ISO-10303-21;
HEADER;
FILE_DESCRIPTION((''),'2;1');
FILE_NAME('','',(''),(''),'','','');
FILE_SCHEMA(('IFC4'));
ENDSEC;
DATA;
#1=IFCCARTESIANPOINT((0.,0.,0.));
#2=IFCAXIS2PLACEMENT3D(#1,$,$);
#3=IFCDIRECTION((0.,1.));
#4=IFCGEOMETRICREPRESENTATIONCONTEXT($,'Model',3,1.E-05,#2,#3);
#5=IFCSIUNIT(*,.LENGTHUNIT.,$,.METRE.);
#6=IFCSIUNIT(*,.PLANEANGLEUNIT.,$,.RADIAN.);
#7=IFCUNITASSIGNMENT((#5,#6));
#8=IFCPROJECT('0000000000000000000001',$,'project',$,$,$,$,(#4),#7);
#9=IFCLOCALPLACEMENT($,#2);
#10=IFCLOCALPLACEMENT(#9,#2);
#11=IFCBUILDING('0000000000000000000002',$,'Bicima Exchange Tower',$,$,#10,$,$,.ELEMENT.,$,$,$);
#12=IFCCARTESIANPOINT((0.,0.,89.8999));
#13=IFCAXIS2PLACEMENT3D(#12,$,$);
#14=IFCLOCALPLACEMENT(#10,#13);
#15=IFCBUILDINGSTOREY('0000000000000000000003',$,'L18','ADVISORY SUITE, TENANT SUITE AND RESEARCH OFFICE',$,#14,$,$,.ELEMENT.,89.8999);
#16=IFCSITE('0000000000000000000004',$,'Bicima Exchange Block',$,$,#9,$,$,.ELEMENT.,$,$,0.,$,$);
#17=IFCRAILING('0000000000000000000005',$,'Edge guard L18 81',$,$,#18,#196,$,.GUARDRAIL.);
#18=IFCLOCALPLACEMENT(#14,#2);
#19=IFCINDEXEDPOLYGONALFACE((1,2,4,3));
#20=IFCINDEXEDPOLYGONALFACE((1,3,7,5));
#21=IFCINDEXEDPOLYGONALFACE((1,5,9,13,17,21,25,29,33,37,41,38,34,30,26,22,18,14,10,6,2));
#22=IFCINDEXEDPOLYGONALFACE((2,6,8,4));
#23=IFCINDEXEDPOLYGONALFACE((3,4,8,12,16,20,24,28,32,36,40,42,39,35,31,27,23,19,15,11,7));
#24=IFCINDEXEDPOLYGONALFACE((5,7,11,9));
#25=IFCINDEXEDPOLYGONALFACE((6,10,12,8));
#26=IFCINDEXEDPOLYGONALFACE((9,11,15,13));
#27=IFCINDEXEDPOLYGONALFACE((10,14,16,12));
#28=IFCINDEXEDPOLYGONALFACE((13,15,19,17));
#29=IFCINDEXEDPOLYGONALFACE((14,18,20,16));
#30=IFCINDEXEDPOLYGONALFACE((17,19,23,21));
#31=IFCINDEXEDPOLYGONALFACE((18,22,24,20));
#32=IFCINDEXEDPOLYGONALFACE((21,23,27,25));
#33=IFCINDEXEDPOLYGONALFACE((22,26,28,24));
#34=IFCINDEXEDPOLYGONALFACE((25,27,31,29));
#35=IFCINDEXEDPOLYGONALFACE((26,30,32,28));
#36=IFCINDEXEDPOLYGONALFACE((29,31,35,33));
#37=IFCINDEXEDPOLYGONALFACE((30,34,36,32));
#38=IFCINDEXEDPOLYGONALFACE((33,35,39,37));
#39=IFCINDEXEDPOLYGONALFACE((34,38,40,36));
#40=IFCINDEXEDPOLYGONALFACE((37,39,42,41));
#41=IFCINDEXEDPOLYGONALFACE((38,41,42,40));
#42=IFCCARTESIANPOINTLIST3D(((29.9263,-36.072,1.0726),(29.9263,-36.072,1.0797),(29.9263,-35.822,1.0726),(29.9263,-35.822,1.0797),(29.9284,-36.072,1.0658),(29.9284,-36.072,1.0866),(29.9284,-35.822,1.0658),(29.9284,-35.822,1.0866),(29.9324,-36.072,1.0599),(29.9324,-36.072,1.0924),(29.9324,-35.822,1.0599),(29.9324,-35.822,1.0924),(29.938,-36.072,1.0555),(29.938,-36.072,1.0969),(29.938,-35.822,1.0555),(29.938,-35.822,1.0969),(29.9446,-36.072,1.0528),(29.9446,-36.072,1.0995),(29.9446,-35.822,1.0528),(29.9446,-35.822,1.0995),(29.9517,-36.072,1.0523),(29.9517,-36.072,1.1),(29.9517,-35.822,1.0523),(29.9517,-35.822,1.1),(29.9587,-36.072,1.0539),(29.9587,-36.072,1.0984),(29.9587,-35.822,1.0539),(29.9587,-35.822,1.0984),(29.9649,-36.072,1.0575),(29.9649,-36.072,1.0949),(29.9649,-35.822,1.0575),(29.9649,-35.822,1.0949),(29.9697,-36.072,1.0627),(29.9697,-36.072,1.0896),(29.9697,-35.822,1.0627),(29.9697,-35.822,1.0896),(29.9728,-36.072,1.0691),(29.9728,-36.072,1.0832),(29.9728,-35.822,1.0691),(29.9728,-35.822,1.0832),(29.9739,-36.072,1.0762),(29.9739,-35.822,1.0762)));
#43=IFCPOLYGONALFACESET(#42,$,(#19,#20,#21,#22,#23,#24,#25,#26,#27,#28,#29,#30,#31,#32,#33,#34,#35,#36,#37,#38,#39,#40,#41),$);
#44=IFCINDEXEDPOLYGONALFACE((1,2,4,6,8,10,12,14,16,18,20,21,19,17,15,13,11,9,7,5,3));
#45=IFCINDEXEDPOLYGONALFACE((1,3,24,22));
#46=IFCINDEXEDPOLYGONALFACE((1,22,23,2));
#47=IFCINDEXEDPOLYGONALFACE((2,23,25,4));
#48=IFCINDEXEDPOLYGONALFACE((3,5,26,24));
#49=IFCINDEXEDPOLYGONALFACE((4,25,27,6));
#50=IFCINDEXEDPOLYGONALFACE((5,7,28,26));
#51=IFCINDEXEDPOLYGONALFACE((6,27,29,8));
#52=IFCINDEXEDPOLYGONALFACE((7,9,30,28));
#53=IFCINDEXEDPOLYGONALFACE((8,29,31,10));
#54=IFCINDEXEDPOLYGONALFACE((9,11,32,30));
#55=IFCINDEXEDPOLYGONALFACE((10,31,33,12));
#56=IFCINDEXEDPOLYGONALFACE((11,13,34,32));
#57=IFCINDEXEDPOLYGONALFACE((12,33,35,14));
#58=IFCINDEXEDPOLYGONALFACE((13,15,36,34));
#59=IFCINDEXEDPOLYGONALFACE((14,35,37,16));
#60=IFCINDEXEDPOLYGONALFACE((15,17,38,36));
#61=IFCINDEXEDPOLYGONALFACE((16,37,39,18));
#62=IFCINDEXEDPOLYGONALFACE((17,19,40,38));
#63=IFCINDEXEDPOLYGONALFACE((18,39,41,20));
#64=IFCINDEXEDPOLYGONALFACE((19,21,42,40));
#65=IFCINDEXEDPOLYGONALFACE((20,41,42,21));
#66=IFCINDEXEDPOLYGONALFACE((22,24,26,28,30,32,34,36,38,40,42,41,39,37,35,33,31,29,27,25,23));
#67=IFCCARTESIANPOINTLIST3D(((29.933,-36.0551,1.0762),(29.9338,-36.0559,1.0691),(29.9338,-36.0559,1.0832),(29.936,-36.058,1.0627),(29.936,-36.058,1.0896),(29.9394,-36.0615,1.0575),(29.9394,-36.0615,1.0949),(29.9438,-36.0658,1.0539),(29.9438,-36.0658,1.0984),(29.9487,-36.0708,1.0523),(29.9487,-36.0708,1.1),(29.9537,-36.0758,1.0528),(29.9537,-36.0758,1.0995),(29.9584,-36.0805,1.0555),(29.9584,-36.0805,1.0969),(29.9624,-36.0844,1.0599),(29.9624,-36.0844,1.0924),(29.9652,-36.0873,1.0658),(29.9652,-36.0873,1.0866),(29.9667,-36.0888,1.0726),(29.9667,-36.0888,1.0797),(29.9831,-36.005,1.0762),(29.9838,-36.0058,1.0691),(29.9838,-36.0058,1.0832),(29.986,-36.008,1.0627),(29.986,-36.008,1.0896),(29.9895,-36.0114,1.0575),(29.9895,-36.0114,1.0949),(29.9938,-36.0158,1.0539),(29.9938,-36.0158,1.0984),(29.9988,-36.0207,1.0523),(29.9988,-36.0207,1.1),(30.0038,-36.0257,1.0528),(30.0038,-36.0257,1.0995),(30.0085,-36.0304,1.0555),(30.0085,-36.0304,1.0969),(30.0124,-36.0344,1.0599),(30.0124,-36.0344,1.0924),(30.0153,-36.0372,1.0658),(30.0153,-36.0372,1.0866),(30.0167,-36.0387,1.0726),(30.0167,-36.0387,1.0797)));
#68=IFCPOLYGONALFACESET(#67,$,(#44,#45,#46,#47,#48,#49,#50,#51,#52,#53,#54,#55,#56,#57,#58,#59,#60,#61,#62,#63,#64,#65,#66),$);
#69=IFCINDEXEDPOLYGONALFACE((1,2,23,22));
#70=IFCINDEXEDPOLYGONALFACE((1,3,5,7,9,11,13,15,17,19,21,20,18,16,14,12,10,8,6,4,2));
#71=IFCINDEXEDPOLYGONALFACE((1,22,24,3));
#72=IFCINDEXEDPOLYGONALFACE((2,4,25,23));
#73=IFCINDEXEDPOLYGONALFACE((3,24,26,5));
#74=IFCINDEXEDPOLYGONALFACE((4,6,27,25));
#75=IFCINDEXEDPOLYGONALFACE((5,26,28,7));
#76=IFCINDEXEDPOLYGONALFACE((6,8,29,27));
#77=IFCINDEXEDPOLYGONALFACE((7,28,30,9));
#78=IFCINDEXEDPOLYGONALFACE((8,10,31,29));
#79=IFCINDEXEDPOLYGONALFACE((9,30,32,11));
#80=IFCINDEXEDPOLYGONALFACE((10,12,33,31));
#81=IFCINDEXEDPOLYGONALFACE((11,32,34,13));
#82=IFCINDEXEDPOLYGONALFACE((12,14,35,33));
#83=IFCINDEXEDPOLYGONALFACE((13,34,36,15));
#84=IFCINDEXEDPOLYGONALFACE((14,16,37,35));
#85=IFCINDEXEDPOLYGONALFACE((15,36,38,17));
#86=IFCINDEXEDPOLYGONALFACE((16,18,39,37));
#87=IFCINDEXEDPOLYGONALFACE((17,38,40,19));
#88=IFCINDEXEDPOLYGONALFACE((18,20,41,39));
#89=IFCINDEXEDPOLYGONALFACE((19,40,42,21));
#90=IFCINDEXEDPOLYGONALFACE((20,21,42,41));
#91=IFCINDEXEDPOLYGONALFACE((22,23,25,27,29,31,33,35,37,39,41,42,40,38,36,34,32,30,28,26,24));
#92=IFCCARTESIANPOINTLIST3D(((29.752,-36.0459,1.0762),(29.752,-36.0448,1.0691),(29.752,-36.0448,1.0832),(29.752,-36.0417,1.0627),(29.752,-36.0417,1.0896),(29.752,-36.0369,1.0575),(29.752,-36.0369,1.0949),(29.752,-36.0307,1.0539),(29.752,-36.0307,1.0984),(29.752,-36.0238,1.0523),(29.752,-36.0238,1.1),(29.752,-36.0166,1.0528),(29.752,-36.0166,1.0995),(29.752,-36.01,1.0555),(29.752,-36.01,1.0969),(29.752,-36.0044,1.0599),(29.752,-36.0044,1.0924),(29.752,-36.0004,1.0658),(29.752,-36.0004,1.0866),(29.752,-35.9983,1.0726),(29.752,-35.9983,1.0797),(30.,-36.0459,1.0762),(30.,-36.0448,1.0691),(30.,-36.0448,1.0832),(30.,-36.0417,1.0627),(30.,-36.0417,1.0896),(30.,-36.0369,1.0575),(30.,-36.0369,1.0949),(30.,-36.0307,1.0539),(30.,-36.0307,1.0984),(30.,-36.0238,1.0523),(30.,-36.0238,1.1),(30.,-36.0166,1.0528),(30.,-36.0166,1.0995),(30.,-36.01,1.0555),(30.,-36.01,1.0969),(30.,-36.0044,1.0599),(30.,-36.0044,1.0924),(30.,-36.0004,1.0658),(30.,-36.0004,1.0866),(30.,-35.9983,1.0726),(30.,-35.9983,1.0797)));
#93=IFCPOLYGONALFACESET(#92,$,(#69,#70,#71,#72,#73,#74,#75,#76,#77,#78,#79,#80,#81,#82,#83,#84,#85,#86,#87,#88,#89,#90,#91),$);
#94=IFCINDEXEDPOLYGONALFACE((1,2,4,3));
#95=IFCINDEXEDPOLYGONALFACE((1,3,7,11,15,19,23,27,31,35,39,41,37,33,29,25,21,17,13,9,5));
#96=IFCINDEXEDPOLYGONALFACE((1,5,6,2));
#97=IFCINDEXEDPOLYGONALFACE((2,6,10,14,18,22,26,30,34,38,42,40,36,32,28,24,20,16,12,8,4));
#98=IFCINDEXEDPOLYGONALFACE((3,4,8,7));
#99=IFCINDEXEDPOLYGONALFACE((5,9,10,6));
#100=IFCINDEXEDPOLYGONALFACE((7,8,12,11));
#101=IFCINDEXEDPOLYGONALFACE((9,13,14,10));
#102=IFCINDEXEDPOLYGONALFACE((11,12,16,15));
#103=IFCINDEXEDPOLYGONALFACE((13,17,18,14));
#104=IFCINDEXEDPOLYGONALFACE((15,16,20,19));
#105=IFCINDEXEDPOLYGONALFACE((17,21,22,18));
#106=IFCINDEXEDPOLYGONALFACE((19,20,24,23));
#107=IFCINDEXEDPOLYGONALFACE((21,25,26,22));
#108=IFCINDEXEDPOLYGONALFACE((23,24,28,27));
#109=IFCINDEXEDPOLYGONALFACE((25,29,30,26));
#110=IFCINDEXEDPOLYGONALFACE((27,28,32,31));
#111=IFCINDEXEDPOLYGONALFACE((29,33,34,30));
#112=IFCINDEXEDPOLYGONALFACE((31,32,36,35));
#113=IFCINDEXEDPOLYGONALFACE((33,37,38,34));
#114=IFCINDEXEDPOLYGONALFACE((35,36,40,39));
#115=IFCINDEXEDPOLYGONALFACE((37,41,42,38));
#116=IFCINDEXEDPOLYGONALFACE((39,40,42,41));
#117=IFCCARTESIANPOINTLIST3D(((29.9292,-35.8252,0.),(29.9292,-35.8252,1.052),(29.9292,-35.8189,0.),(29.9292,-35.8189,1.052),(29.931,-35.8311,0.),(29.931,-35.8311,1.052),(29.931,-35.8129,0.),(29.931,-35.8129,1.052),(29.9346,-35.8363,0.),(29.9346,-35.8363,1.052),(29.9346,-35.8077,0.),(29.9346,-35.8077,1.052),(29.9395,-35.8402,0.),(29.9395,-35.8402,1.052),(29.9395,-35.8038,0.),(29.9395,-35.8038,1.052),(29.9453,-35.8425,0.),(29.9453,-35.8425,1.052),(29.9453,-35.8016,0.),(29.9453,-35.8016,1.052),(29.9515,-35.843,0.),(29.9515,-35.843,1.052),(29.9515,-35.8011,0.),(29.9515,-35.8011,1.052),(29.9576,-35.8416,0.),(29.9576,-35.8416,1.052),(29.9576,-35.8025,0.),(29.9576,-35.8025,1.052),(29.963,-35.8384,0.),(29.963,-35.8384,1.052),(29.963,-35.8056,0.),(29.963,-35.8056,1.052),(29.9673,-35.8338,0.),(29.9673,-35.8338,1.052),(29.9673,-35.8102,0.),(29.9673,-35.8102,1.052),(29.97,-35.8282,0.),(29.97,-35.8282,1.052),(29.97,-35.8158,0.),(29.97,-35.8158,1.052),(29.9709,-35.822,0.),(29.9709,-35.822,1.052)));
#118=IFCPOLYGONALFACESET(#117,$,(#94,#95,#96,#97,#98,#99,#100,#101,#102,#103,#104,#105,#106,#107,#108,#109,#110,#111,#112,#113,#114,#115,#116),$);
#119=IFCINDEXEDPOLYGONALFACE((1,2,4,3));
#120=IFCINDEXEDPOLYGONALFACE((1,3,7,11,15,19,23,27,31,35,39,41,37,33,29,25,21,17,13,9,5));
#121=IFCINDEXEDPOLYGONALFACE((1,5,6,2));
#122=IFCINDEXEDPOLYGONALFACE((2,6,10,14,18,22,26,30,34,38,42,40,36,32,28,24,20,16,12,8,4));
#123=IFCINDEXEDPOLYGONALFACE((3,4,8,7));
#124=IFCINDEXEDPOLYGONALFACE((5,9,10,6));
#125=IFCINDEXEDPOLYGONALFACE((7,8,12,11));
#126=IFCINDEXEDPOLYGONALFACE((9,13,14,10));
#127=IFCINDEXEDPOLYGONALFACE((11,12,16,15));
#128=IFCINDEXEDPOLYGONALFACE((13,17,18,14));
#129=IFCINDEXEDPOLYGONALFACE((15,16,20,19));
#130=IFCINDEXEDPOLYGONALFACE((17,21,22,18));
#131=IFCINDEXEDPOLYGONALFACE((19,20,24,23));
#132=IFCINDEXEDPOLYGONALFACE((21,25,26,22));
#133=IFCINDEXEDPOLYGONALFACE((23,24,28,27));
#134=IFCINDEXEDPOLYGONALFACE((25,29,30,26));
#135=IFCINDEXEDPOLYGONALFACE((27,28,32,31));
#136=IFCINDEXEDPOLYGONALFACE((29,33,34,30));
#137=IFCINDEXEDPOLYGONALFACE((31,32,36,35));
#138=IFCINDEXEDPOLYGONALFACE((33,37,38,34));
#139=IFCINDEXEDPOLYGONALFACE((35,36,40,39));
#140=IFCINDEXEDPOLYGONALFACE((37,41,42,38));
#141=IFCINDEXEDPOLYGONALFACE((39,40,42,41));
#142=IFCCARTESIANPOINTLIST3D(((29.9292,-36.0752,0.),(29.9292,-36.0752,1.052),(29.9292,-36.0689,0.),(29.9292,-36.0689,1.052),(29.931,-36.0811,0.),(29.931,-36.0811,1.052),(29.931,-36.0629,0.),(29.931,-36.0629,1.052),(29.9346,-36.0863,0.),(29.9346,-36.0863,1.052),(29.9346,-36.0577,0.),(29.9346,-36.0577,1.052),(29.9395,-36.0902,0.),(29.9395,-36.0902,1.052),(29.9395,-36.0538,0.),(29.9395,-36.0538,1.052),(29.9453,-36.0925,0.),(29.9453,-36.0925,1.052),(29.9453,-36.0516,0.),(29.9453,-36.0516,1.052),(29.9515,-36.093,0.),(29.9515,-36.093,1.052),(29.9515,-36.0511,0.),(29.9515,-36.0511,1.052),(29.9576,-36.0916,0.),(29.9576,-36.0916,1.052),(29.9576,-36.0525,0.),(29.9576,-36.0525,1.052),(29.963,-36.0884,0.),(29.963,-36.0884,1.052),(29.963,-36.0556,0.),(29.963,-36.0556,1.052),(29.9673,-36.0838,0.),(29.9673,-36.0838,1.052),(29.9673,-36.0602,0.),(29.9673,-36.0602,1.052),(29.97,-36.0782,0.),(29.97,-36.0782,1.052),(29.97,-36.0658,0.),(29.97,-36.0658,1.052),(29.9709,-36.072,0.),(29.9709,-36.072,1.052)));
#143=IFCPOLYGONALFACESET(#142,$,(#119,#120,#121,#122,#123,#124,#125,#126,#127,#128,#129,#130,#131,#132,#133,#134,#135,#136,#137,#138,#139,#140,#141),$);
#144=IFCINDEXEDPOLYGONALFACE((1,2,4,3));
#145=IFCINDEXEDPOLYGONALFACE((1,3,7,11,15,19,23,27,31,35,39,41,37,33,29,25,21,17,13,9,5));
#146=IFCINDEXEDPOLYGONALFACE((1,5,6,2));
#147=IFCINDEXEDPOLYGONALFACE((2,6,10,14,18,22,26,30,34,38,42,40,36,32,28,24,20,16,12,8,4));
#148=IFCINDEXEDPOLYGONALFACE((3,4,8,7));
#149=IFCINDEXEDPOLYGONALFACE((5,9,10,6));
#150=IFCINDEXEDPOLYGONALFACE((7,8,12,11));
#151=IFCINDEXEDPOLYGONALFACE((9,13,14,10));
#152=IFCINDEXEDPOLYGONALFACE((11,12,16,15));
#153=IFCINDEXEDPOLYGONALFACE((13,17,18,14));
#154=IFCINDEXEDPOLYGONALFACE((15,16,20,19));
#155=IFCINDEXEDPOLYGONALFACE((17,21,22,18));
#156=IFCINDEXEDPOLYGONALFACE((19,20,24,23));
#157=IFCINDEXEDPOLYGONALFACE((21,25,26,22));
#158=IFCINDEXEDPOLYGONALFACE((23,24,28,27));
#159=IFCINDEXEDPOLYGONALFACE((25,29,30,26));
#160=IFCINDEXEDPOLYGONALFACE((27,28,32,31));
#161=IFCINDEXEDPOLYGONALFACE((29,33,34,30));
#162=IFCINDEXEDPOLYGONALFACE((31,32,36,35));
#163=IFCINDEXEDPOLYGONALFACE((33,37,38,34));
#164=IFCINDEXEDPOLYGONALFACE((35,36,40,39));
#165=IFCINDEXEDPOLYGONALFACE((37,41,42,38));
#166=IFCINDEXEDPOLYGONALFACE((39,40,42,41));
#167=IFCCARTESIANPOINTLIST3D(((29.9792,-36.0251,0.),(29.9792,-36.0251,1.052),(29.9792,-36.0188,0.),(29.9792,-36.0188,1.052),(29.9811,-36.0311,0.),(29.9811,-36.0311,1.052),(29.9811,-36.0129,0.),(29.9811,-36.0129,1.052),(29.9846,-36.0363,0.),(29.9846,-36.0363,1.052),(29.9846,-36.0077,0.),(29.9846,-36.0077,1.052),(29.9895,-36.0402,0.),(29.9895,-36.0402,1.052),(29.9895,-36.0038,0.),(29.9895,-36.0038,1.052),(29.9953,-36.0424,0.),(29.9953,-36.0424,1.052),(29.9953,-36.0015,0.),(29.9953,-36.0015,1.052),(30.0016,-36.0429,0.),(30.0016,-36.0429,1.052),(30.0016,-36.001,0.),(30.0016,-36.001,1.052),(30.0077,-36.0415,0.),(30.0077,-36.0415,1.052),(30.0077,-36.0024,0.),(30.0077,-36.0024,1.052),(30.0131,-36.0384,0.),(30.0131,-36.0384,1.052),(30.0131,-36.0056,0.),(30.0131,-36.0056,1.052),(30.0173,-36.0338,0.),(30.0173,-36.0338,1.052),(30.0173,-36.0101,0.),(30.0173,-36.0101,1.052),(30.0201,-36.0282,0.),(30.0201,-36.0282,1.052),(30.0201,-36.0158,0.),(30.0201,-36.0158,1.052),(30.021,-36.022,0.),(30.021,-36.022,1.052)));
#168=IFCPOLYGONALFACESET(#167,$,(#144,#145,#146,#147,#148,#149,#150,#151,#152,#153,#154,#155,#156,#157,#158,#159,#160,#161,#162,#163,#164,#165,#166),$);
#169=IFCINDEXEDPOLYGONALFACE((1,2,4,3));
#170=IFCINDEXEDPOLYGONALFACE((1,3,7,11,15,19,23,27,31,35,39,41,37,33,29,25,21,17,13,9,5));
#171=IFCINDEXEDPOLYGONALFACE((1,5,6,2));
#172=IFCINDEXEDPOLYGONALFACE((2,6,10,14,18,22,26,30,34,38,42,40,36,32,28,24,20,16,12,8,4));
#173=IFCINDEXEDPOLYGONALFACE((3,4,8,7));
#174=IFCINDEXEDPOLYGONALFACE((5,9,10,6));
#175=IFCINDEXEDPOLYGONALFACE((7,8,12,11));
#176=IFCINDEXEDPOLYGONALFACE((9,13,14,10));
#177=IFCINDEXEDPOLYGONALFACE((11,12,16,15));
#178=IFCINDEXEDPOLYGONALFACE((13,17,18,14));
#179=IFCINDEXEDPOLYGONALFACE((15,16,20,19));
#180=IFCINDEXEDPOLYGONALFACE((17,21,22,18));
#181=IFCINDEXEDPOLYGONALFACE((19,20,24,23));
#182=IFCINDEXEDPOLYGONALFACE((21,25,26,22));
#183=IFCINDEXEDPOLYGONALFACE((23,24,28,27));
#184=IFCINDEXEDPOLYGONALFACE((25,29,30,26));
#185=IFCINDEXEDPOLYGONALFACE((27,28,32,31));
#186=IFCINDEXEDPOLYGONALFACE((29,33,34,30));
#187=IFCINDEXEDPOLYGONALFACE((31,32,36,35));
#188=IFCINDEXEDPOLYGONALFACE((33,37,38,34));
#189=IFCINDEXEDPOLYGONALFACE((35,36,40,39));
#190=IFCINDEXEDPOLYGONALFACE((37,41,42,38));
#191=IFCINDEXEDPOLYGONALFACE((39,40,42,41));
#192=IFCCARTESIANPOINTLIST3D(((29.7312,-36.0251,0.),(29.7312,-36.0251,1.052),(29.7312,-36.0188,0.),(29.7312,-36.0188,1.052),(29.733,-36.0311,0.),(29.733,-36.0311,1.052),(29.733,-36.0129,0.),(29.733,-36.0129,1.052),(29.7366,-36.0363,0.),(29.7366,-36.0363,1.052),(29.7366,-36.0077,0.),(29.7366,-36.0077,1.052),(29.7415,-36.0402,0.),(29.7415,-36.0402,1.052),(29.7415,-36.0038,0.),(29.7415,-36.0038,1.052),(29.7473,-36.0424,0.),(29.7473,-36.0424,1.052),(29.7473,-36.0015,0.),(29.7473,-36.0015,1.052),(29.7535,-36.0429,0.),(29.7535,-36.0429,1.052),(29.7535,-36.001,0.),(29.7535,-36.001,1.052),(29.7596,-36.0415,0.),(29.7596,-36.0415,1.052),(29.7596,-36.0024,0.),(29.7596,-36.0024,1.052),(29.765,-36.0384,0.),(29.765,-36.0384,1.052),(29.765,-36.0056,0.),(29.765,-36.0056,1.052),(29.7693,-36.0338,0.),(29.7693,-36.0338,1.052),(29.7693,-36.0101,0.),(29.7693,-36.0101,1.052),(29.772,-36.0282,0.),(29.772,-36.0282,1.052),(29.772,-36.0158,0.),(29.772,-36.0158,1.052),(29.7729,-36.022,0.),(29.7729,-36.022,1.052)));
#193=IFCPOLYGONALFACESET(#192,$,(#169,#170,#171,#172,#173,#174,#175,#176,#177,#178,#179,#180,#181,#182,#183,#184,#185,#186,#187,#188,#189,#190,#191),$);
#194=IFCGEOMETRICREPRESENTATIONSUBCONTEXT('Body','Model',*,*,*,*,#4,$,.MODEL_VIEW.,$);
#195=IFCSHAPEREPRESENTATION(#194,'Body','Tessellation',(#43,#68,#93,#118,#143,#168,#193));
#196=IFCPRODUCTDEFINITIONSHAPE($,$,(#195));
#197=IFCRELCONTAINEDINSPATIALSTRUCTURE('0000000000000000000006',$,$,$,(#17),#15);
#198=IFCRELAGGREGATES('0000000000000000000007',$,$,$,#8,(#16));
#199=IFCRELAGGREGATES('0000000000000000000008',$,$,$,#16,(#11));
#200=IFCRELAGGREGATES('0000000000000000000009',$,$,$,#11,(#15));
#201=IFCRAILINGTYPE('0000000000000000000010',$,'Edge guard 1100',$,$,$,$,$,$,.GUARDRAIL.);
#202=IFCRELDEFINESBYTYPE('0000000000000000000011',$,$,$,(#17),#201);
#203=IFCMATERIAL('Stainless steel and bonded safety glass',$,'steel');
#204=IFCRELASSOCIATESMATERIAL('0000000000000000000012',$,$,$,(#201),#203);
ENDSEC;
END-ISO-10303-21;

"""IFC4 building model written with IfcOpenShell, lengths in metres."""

from ifc_helpers import new_model, si_unit, direction, frame, origin, origin_2d, place, context, subcontext, project, spatial, circle, extrude, material, type_object, element, save


model = new_model("IFC4")

# Units and contexts
model_context = context("Model", 3, precision=1e-05, world=origin(), true_north=direction((0.0, 1.0)))
body_context = subcontext(model_context, "Body", "Model", "MODEL_VIEW")
ifc_project = project(units=[si_unit("LENGTHUNIT", "METRE"), si_unit("PLANEANGLEUNIT", "RADIAN")], contexts=[model_context])

# Site, building, storey
site_placement = place(None, origin())
site = spatial("IfcSite", under=ifc_project, at=site_placement, Name="Bicima Exchange Block", CompositionType="ELEMENT", RefElevation=0.0)
building_placement = place(site_placement, origin())
building = spatial("IfcBuilding", under=site, at=building_placement, Name="Bicima Exchange Tower", CompositionType="ELEMENT")
storey_placement = place(building_placement, frame((0.0, 0.0, 89.8999)))
storey = spatial("IfcBuildingStorey", under=building, at=storey_placement, Name="L18", Description="ADVISORY SUITE, TENANT SUITE AND RESEARCH OFFICE", CompositionType="ELEMENT", Elevation=89.8999)

# Railing
ifc_material_1 = material(Name="Stainless steel and bonded safety glass", Category="steel")
railing_type = type_object("IfcRailingType", Name="Edge guard 1100", PredefinedType="GUARDRAIL", material=ifc_material_1)
railing_1_placement = place(storey_placement, frame((29.95, -35.822, 0.0)))
element("IfcRailing", 1, at=railing_1_placement, inside=storey, type_object=railing_type, Name="Edge guard L18 81", PredefinedType="GUARDRAIL", context=body_context, shape_type="SweptSolid", body=[
    extrude(circle(Radius=0.0239, at=origin_2d()), frame((0.0, 0.0, 1.0762), z_axis=(0.0, -1.0, 0.0), x_axis=(1.0, 0.0, 0.0)), (0.0, 0.0, 1.0), 0.25),
    extrude(circle(Radius=0.0239, at=origin_2d()), frame((0.0, -0.25, 1.0762), z_axis=(0.707107, 0.707107, 0.0), x_axis=(-0.707107, 0.707107, 0.0)), (0.0, 0.0, 1.0), 0.0708),
    extrude(circle(Radius=0.0239, at=origin_2d()), frame((0.05, -0.2, 1.0762), z_axis=(-1.0, 0.0, 0.0), x_axis=(0.0, -1.0, 0.0)), (0.0, 0.0, 1.0), 0.248),
    extrude(circle(Radius=0.021, at=origin_2d()), origin(), (0.0, 0.0, 1.0), 1.052),
    extrude(circle(Radius=0.021, at=origin_2d()), frame((0.0, -0.25, 0.0)), (0.0, 0.0, 1.0), 1.052),
    extrude(circle(Radius=0.021, at=origin_2d()), frame((0.05, -0.2, 0.0)), (0.0, 0.0, 1.0), 1.052),
    extrude(circle(Radius=0.021, at=origin_2d()), frame((-0.198, -0.2, 0.0)), (0.0, 0.0, 1.0), 1.052),
])

save(model, "model.ifc")
